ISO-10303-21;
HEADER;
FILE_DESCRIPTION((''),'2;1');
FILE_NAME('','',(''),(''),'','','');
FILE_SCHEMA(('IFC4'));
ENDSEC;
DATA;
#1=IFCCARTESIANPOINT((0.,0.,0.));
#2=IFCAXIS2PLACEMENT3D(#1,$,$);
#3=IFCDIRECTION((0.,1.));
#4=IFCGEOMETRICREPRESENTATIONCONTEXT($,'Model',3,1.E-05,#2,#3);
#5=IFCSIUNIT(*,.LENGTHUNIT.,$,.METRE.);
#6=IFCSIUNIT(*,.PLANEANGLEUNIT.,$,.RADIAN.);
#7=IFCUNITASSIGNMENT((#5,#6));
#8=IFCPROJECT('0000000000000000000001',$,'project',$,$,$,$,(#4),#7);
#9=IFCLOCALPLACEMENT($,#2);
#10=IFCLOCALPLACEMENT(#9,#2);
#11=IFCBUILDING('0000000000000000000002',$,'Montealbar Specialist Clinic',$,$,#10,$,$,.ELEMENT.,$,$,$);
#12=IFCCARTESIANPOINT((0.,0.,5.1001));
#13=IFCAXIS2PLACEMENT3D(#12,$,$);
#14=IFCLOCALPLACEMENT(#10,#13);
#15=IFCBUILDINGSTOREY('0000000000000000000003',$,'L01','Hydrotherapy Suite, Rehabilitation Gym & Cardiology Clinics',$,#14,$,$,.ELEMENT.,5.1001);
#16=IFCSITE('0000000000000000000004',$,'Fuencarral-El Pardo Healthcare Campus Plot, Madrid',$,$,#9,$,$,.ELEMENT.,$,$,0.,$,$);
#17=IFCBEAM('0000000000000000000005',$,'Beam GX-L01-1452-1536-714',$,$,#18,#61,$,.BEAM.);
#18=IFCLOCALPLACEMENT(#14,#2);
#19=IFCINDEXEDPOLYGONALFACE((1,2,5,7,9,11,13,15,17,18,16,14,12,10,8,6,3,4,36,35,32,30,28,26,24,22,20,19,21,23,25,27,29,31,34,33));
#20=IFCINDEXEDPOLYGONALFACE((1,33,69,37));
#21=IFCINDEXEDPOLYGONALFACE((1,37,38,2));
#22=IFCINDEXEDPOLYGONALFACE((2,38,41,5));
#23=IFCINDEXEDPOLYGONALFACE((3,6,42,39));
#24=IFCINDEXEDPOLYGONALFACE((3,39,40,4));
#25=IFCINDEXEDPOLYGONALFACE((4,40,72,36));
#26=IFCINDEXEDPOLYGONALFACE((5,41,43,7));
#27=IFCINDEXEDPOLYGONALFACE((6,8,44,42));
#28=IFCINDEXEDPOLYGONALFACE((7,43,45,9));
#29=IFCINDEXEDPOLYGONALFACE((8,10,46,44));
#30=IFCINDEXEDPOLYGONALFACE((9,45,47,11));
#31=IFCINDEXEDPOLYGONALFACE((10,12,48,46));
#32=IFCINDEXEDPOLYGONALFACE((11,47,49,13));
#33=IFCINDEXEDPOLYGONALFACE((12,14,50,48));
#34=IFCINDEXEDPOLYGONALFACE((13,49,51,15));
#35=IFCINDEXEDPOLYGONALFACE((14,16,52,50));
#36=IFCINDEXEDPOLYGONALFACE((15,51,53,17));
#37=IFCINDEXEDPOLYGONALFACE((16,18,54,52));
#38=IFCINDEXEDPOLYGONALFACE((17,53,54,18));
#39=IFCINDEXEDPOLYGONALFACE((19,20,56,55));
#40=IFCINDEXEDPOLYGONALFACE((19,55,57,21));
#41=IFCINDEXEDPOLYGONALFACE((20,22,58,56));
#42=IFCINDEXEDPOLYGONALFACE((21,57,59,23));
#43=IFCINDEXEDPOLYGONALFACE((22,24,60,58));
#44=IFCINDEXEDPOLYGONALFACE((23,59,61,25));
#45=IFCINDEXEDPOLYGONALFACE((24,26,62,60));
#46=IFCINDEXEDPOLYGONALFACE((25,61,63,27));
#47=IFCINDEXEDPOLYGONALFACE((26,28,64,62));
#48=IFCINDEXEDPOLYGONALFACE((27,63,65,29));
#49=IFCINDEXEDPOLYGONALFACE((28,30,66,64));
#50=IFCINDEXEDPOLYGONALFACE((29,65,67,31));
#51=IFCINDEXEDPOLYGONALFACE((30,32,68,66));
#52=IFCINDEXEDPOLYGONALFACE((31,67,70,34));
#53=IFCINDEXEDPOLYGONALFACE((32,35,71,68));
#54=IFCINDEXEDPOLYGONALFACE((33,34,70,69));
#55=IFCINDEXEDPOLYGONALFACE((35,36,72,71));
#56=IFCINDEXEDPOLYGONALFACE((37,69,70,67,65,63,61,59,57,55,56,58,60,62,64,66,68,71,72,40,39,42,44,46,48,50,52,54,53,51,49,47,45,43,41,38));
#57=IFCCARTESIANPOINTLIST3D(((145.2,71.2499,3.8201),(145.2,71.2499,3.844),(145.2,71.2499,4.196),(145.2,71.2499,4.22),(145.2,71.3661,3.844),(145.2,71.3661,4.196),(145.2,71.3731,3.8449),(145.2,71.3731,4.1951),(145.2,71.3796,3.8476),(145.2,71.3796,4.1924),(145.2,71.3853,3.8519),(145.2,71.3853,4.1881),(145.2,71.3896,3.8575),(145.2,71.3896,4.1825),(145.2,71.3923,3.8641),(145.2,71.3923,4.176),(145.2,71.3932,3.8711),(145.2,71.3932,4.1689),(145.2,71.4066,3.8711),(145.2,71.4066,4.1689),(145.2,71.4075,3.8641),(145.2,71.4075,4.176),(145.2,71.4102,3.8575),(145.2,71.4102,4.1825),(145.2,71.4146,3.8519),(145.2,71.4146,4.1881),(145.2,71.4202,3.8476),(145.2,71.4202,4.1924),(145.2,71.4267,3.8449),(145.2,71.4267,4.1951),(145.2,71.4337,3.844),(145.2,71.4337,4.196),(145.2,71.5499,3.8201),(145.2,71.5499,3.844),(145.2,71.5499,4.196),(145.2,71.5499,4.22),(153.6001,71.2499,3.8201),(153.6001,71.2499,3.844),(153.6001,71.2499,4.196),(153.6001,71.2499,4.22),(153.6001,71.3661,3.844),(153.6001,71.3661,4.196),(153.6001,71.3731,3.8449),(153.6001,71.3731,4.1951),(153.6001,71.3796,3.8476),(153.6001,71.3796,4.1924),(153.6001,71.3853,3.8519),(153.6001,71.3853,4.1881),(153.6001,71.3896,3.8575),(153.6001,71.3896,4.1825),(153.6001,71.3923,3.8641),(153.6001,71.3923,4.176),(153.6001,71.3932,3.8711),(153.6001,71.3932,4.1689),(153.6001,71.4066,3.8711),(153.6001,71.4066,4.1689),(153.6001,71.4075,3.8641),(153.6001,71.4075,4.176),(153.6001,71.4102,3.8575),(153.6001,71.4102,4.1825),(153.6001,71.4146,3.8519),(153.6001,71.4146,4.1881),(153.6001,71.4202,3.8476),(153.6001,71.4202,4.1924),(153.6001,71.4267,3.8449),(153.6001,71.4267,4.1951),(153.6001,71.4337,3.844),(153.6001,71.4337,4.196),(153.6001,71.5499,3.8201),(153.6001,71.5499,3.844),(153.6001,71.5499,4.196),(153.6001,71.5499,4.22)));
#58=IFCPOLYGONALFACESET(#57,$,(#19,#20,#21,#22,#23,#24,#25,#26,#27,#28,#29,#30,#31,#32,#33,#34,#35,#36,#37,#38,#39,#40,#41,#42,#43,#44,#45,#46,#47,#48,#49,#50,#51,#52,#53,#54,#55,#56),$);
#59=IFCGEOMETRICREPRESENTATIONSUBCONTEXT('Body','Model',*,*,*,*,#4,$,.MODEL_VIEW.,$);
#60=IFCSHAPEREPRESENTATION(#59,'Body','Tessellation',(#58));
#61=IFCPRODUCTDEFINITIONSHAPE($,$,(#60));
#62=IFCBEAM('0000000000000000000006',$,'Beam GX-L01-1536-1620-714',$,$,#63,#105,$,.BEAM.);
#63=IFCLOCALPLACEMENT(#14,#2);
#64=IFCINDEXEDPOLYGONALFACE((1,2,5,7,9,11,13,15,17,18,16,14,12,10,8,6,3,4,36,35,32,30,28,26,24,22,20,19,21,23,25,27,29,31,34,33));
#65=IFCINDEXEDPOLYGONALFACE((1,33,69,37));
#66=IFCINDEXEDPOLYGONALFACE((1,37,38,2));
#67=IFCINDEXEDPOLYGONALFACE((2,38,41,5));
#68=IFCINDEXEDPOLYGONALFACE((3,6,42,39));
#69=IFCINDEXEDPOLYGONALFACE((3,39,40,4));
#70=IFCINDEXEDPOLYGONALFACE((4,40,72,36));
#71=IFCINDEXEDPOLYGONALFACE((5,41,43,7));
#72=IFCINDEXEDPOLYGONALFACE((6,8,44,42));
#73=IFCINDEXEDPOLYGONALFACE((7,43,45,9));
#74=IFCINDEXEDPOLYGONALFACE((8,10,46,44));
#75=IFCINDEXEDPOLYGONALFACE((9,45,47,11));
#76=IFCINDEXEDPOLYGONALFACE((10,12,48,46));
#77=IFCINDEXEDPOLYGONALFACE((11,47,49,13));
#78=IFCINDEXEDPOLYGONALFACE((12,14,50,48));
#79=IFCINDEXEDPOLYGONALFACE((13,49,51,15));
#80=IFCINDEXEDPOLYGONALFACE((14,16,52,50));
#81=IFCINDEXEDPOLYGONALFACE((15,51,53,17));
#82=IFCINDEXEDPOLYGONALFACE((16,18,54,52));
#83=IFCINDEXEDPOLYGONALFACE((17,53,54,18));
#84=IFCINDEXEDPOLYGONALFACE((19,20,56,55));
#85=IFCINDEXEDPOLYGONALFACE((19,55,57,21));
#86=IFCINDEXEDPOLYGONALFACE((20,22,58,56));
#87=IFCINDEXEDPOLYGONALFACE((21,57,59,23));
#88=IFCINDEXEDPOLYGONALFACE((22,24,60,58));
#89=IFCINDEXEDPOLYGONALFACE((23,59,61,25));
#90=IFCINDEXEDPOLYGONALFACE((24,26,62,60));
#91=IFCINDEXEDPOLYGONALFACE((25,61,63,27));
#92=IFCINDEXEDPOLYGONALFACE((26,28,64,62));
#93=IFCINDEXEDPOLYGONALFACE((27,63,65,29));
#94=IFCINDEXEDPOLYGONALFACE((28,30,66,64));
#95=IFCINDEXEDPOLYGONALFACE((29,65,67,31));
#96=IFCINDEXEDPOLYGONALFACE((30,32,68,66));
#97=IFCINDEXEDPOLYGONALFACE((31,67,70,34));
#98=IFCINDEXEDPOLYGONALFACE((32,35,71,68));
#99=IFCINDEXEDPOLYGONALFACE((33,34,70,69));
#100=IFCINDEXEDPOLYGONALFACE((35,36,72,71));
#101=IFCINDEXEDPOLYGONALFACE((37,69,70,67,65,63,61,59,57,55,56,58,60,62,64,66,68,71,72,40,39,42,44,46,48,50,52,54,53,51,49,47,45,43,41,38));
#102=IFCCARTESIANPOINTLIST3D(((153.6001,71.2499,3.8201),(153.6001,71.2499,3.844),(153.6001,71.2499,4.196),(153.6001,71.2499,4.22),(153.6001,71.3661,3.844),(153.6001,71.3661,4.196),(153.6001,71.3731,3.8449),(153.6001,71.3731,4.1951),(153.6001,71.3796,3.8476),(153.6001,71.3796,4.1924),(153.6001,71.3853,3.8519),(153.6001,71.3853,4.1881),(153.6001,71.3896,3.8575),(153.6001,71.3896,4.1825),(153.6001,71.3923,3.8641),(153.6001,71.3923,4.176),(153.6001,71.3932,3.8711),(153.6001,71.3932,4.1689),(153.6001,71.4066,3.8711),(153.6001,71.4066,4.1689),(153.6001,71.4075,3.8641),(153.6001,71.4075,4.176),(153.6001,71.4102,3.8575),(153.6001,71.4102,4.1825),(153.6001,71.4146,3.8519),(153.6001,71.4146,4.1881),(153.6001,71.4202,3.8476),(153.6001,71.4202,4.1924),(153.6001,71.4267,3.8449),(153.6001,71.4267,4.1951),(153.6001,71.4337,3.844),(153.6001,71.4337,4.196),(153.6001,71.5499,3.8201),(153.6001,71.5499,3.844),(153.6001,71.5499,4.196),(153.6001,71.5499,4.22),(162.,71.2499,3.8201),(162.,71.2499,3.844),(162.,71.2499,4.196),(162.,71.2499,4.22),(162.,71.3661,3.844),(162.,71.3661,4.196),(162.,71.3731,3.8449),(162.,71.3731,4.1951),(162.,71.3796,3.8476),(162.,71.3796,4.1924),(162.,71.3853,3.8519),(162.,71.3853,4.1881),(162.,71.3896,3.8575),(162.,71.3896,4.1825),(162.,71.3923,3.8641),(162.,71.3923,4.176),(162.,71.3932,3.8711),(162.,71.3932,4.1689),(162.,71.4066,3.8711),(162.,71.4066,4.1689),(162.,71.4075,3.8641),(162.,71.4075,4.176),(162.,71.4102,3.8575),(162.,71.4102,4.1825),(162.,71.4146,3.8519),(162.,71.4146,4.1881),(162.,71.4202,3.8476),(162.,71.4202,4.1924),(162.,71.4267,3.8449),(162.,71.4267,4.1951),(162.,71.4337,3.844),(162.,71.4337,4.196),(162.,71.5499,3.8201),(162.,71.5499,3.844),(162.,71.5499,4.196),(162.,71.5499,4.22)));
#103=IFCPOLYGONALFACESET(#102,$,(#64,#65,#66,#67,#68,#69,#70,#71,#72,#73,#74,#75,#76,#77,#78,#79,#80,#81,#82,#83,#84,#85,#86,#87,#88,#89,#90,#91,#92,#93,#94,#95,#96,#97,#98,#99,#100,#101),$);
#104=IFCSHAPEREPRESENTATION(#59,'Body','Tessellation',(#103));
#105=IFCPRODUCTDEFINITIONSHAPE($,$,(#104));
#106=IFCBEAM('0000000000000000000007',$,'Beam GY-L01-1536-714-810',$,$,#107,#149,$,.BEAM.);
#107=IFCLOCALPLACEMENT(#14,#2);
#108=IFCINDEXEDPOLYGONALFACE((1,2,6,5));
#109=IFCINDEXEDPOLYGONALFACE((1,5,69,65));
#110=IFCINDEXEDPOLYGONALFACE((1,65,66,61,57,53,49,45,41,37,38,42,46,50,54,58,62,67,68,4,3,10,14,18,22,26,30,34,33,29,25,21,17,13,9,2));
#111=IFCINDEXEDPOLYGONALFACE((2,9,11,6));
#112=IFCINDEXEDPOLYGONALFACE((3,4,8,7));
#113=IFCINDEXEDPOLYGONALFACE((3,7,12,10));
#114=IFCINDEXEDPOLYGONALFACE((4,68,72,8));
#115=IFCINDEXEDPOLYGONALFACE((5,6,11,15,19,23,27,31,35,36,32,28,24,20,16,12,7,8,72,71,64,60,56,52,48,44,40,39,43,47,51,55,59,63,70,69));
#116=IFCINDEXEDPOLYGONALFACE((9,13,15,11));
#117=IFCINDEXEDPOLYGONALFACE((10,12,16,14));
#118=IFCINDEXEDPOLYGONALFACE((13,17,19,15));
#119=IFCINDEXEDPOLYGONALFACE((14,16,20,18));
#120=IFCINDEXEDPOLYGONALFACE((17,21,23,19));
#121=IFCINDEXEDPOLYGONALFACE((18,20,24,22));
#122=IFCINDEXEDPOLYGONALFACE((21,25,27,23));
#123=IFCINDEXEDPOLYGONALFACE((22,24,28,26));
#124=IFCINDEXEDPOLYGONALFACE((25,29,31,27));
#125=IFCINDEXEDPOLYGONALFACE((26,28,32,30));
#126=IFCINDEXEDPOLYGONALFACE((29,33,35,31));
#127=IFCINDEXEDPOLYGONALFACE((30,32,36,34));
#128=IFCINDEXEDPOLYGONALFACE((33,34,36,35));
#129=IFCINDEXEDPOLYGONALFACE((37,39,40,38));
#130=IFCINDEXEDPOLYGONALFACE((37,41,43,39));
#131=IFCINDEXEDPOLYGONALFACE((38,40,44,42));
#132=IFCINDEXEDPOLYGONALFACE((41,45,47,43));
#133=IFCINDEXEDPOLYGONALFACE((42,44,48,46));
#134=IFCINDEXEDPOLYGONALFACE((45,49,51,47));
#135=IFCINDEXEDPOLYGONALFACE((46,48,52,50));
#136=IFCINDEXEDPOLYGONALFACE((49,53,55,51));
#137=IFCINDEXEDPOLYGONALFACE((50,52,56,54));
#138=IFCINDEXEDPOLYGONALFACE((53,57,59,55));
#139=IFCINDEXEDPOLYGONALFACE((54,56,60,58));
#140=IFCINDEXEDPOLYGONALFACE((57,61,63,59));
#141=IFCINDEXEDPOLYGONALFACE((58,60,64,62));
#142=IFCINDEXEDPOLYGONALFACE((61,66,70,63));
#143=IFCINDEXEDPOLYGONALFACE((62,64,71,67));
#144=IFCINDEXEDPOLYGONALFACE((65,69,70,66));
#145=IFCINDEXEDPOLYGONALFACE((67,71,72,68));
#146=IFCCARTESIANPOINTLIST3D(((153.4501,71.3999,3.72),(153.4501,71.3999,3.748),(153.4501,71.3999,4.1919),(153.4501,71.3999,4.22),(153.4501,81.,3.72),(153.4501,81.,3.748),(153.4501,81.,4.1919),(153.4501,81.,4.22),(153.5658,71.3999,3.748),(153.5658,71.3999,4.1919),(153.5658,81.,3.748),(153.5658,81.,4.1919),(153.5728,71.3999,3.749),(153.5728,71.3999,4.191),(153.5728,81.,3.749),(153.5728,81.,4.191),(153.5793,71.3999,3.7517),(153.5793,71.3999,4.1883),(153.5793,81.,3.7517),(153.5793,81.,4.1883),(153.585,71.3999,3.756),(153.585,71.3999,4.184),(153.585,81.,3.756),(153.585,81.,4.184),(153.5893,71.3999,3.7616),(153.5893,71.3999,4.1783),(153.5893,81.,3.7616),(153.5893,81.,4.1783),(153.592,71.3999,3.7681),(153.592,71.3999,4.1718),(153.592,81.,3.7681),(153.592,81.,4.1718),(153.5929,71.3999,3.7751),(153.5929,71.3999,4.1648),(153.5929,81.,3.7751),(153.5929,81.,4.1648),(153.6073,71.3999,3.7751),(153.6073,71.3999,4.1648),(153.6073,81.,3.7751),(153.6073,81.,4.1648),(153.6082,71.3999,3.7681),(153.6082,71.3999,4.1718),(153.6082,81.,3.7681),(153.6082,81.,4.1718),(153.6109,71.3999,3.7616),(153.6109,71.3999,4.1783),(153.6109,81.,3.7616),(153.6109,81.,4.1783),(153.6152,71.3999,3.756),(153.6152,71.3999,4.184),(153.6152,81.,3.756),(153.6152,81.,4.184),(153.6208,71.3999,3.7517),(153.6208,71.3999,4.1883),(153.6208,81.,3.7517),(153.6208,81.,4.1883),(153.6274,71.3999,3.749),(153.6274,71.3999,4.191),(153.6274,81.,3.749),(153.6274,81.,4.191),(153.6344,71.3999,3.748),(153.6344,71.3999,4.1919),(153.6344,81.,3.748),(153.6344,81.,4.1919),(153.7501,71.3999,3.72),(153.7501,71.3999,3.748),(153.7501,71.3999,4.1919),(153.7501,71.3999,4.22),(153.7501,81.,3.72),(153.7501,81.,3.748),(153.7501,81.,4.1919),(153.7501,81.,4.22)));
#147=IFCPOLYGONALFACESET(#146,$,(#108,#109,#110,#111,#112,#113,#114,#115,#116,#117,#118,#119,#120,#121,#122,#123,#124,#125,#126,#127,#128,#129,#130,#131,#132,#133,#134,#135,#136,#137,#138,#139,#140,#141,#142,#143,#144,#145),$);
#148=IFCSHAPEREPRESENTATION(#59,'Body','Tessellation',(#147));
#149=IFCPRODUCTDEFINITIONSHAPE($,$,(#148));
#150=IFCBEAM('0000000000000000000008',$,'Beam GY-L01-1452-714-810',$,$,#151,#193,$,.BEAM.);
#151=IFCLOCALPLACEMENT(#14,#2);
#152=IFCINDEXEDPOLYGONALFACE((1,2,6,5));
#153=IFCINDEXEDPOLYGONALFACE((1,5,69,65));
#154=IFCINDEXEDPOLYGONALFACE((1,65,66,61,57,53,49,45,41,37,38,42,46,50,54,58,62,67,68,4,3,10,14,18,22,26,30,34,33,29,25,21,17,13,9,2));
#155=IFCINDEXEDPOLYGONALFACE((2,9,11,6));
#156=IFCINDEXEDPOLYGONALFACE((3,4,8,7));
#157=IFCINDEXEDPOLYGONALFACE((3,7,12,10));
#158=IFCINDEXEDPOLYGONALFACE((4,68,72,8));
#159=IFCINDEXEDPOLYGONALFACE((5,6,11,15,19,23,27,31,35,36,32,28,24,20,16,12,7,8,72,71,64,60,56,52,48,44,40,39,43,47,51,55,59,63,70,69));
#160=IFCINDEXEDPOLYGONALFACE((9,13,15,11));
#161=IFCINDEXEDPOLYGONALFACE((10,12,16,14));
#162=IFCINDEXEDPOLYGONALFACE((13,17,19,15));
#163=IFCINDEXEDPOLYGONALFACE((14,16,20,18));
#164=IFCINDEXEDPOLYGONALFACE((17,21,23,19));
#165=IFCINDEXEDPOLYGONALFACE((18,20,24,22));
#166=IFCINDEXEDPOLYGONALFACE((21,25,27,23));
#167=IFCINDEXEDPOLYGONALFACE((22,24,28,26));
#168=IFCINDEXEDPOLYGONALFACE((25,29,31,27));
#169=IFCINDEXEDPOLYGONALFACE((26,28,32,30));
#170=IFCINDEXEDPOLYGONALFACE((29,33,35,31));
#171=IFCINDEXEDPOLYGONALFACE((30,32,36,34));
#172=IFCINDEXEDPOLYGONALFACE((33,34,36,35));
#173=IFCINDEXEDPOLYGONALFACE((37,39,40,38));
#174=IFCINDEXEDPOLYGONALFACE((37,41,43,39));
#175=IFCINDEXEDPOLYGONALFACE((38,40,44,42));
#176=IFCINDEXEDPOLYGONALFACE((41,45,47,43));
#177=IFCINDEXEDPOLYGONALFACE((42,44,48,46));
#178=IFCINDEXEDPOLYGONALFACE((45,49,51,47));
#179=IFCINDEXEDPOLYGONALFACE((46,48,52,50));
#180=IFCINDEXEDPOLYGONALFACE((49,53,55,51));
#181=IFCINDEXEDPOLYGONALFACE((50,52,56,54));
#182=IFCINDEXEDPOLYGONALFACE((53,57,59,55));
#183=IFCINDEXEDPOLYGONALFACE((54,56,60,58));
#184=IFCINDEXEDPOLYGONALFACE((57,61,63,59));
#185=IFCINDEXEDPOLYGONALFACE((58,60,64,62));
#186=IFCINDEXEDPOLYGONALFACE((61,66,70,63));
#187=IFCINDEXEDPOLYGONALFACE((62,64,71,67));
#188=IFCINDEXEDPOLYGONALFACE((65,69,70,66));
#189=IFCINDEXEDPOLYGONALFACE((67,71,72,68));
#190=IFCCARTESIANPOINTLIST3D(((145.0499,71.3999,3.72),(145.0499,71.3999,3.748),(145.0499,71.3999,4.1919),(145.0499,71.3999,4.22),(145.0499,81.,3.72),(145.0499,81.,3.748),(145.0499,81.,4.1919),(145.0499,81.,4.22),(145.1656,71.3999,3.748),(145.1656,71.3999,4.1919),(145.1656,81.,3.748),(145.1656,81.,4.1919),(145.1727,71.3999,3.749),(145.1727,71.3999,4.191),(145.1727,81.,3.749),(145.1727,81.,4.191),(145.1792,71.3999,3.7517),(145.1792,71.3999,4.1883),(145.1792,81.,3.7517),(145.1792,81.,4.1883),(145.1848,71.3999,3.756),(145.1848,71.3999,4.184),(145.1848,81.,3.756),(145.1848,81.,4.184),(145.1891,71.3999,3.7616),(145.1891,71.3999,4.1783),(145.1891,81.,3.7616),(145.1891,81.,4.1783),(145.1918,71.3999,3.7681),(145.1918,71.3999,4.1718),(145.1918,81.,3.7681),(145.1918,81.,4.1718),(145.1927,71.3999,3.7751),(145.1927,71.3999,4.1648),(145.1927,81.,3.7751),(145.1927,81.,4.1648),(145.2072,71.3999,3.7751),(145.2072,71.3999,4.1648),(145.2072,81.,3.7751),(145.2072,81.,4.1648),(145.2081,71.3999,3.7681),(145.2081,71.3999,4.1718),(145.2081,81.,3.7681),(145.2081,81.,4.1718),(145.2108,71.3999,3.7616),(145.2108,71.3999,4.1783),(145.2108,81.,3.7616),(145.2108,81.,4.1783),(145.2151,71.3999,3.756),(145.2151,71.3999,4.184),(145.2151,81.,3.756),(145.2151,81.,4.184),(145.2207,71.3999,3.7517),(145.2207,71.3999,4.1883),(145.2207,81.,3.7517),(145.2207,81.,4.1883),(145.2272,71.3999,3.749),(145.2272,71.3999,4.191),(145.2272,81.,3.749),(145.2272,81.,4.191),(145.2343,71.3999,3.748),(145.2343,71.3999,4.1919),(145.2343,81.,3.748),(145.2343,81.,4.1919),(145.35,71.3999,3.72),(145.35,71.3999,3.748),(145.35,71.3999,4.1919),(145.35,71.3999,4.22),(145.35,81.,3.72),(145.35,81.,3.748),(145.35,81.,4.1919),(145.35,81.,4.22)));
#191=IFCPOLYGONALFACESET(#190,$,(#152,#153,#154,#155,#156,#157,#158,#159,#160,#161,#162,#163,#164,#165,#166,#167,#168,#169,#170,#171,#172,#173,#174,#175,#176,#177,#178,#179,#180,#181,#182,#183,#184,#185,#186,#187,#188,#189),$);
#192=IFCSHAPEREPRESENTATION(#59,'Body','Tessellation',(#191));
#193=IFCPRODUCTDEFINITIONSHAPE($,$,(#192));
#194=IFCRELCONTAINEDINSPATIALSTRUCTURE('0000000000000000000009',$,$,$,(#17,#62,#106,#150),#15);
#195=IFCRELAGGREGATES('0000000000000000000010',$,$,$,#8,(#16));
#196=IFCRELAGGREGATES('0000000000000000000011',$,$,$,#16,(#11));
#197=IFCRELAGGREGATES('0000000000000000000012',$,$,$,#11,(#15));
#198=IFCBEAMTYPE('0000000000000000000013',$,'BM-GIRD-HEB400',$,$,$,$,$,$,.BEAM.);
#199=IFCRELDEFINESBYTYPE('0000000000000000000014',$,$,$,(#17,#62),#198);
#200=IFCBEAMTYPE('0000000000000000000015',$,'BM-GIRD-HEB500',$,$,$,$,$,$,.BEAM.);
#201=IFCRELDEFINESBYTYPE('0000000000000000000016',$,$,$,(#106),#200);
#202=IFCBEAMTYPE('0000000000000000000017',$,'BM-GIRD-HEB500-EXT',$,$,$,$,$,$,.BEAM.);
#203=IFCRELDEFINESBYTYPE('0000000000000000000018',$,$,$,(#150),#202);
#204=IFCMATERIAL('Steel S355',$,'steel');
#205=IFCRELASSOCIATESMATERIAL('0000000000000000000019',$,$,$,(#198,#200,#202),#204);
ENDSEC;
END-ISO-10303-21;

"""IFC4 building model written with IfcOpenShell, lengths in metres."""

from ifc_helpers import new_model, si_unit, direction, frame, origin, origin_2d, place, context, subcontext, project, spatial, i_section, extrude, material, material_profile, profile_set, type_object, element, save


model = new_model("IFC4")

# Units and contexts
model_context = context("Model", 3, precision=1e-05, world=origin(), true_north=direction((0.0, 1.0)))
body_context = subcontext(model_context, "Body", "Model", "MODEL_VIEW")
ifc_project = project(units=[si_unit("LENGTHUNIT", "METRE"), si_unit("PLANEANGLEUNIT", "RADIAN")], contexts=[model_context])

# Site, building, storey
site_placement = place(None, origin())
site = spatial("IfcSite", under=ifc_project, at=site_placement, Name="Fuencarral-El Pardo Healthcare Campus Plot, Madrid", CompositionType="ELEMENT", RefElevation=0.0)
building_placement = place(site_placement, origin())
building = spatial("IfcBuilding", under=site, at=building_placement, Name="Montealbar Specialist Clinic", CompositionType="ELEMENT")
storey_placement = place(building_placement, frame((0.0, 0.0, 5.1001)))
storey = spatial("IfcBuildingStorey", under=building, at=storey_placement, Name="L01", Description="Hydrotherapy Suite, Rehabilitation Gym & Cardiology Clinics", CompositionType="ELEMENT", Elevation=5.1001)

# Shared definitions
ifc_material_1 = material(Name="Steel S355", Category="steel")

# Beams
ifc_material_profile_1 = material_profile(ifc_material_1, i_section(OverallWidth=0.3, OverallDepth=0.3999, WebThickness=0.0134, FlangeThickness=0.0239, FilletRadius=0.0271, at=origin_2d()), Name="HEB 400", Category="steel")
ifc_profile_set_1 = profile_set([ifc_material_profile_1], Name="Steel S355")
beam_type_1 = type_object("IfcBeamType", Name="BM-GIRD-HEB400", PredefinedType="BEAM", material=ifc_profile_set_1)
beam_1_placement = place(storey_placement, frame((145.2, 71.3999, 4.02), z_axis=(1.0, 0.0, 0.0), x_axis=(0.0, 1.0, 0.0)))
element("IfcBeam", 1, at=beam_1_placement, inside=storey, type_object=beam_type_1, Name="Beam GX-L01-1452-1536-714", PredefinedType="BEAM", context=body_context, shape_type="SweptSolid", body=[
    extrude(i_section(OverallWidth=0.3, OverallDepth=0.3999, WebThickness=0.0134, FlangeThickness=0.0239, FilletRadius=0.0271, at=origin_2d()), origin(), (0.0, 0.0, 1.0), 8.4001),
])
beam_2_placement = place(storey_placement, frame((153.6001, 71.3999, 4.02), z_axis=(1.0, 0.0, 0.0), x_axis=(0.0, 1.0, 0.0)))
element("IfcBeam", 2, at=beam_2_placement, inside=storey, type_object=beam_type_1, Name="Beam GX-L01-1536-1620-714", PredefinedType="BEAM", context=body_context, shape_type="SweptSolid", body=[
    extrude(i_section(OverallWidth=0.3, OverallDepth=0.3999, WebThickness=0.0134, FlangeThickness=0.0239, FilletRadius=0.0271, at=origin_2d()), origin(), (0.0, 0.0, 1.0), 8.3999),
])
ifc_material_profile_2 = material_profile(ifc_material_1, i_section(OverallWidth=0.3, OverallDepth=0.5, WebThickness=0.0144, FlangeThickness=0.0281, FilletRadius=0.0271, at=origin_2d()), Name="HEB 500", Category="steel")
ifc_profile_set_2 = profile_set([ifc_material_profile_2], Name="Steel S355")
beam_type_2 = type_object("IfcBeamType", Name="BM-GIRD-HEB500", PredefinedType="BEAM", material=ifc_profile_set_2)
beam_3_placement = place(storey_placement, frame((153.6001, 71.3999, 3.97), z_axis=(0.0, 1.0, 0.0), x_axis=(-1.0, 0.0, 0.0)))
element("IfcBeam", 3, at=beam_3_placement, inside=storey, type_object=beam_type_2, Name="Beam GY-L01-1536-714-810", PredefinedType="BEAM", context=body_context, shape_type="SweptSolid", body=[
    extrude(i_section(OverallWidth=0.3, OverallDepth=0.5, WebThickness=0.0144, FlangeThickness=0.0281, FilletRadius=0.0271, at=origin_2d()), origin(), (0.0, 0.0, 1.0), 9.6001),
])
ifc_material_profile_3 = material_profile(ifc_material_1, i_section(OverallWidth=0.3, OverallDepth=0.5, WebThickness=0.0144, FlangeThickness=0.0281, FilletRadius=0.0271, at=origin_2d()), Name="HEB 500", Category="steel")
ifc_profile_set_3 = profile_set([ifc_material_profile_3], Name="Steel S355")
beam_type_3 = type_object("IfcBeamType", Name="BM-GIRD-HEB500-EXT", PredefinedType="BEAM", material=ifc_profile_set_3)
beam_4_placement = place(storey_placement, frame((145.2, 71.3999, 3.97), z_axis=(0.0, 1.0, 0.0), x_axis=(-1.0, 0.0, 0.0)))
element("IfcBeam", 4, at=beam_4_placement, inside=storey, type_object=beam_type_3, Name="Beam GY-L01-1452-714-810", PredefinedType="BEAM", context=body_context, shape_type="SweptSolid", body=[
    extrude(i_section(OverallWidth=0.3, OverallDepth=0.5, WebThickness=0.0144, FlangeThickness=0.0281, FilletRadius=0.0271, at=origin_2d()), origin(), (0.0, 0.0, 1.0), 9.6001),
])

save(model, "model.ifc")
